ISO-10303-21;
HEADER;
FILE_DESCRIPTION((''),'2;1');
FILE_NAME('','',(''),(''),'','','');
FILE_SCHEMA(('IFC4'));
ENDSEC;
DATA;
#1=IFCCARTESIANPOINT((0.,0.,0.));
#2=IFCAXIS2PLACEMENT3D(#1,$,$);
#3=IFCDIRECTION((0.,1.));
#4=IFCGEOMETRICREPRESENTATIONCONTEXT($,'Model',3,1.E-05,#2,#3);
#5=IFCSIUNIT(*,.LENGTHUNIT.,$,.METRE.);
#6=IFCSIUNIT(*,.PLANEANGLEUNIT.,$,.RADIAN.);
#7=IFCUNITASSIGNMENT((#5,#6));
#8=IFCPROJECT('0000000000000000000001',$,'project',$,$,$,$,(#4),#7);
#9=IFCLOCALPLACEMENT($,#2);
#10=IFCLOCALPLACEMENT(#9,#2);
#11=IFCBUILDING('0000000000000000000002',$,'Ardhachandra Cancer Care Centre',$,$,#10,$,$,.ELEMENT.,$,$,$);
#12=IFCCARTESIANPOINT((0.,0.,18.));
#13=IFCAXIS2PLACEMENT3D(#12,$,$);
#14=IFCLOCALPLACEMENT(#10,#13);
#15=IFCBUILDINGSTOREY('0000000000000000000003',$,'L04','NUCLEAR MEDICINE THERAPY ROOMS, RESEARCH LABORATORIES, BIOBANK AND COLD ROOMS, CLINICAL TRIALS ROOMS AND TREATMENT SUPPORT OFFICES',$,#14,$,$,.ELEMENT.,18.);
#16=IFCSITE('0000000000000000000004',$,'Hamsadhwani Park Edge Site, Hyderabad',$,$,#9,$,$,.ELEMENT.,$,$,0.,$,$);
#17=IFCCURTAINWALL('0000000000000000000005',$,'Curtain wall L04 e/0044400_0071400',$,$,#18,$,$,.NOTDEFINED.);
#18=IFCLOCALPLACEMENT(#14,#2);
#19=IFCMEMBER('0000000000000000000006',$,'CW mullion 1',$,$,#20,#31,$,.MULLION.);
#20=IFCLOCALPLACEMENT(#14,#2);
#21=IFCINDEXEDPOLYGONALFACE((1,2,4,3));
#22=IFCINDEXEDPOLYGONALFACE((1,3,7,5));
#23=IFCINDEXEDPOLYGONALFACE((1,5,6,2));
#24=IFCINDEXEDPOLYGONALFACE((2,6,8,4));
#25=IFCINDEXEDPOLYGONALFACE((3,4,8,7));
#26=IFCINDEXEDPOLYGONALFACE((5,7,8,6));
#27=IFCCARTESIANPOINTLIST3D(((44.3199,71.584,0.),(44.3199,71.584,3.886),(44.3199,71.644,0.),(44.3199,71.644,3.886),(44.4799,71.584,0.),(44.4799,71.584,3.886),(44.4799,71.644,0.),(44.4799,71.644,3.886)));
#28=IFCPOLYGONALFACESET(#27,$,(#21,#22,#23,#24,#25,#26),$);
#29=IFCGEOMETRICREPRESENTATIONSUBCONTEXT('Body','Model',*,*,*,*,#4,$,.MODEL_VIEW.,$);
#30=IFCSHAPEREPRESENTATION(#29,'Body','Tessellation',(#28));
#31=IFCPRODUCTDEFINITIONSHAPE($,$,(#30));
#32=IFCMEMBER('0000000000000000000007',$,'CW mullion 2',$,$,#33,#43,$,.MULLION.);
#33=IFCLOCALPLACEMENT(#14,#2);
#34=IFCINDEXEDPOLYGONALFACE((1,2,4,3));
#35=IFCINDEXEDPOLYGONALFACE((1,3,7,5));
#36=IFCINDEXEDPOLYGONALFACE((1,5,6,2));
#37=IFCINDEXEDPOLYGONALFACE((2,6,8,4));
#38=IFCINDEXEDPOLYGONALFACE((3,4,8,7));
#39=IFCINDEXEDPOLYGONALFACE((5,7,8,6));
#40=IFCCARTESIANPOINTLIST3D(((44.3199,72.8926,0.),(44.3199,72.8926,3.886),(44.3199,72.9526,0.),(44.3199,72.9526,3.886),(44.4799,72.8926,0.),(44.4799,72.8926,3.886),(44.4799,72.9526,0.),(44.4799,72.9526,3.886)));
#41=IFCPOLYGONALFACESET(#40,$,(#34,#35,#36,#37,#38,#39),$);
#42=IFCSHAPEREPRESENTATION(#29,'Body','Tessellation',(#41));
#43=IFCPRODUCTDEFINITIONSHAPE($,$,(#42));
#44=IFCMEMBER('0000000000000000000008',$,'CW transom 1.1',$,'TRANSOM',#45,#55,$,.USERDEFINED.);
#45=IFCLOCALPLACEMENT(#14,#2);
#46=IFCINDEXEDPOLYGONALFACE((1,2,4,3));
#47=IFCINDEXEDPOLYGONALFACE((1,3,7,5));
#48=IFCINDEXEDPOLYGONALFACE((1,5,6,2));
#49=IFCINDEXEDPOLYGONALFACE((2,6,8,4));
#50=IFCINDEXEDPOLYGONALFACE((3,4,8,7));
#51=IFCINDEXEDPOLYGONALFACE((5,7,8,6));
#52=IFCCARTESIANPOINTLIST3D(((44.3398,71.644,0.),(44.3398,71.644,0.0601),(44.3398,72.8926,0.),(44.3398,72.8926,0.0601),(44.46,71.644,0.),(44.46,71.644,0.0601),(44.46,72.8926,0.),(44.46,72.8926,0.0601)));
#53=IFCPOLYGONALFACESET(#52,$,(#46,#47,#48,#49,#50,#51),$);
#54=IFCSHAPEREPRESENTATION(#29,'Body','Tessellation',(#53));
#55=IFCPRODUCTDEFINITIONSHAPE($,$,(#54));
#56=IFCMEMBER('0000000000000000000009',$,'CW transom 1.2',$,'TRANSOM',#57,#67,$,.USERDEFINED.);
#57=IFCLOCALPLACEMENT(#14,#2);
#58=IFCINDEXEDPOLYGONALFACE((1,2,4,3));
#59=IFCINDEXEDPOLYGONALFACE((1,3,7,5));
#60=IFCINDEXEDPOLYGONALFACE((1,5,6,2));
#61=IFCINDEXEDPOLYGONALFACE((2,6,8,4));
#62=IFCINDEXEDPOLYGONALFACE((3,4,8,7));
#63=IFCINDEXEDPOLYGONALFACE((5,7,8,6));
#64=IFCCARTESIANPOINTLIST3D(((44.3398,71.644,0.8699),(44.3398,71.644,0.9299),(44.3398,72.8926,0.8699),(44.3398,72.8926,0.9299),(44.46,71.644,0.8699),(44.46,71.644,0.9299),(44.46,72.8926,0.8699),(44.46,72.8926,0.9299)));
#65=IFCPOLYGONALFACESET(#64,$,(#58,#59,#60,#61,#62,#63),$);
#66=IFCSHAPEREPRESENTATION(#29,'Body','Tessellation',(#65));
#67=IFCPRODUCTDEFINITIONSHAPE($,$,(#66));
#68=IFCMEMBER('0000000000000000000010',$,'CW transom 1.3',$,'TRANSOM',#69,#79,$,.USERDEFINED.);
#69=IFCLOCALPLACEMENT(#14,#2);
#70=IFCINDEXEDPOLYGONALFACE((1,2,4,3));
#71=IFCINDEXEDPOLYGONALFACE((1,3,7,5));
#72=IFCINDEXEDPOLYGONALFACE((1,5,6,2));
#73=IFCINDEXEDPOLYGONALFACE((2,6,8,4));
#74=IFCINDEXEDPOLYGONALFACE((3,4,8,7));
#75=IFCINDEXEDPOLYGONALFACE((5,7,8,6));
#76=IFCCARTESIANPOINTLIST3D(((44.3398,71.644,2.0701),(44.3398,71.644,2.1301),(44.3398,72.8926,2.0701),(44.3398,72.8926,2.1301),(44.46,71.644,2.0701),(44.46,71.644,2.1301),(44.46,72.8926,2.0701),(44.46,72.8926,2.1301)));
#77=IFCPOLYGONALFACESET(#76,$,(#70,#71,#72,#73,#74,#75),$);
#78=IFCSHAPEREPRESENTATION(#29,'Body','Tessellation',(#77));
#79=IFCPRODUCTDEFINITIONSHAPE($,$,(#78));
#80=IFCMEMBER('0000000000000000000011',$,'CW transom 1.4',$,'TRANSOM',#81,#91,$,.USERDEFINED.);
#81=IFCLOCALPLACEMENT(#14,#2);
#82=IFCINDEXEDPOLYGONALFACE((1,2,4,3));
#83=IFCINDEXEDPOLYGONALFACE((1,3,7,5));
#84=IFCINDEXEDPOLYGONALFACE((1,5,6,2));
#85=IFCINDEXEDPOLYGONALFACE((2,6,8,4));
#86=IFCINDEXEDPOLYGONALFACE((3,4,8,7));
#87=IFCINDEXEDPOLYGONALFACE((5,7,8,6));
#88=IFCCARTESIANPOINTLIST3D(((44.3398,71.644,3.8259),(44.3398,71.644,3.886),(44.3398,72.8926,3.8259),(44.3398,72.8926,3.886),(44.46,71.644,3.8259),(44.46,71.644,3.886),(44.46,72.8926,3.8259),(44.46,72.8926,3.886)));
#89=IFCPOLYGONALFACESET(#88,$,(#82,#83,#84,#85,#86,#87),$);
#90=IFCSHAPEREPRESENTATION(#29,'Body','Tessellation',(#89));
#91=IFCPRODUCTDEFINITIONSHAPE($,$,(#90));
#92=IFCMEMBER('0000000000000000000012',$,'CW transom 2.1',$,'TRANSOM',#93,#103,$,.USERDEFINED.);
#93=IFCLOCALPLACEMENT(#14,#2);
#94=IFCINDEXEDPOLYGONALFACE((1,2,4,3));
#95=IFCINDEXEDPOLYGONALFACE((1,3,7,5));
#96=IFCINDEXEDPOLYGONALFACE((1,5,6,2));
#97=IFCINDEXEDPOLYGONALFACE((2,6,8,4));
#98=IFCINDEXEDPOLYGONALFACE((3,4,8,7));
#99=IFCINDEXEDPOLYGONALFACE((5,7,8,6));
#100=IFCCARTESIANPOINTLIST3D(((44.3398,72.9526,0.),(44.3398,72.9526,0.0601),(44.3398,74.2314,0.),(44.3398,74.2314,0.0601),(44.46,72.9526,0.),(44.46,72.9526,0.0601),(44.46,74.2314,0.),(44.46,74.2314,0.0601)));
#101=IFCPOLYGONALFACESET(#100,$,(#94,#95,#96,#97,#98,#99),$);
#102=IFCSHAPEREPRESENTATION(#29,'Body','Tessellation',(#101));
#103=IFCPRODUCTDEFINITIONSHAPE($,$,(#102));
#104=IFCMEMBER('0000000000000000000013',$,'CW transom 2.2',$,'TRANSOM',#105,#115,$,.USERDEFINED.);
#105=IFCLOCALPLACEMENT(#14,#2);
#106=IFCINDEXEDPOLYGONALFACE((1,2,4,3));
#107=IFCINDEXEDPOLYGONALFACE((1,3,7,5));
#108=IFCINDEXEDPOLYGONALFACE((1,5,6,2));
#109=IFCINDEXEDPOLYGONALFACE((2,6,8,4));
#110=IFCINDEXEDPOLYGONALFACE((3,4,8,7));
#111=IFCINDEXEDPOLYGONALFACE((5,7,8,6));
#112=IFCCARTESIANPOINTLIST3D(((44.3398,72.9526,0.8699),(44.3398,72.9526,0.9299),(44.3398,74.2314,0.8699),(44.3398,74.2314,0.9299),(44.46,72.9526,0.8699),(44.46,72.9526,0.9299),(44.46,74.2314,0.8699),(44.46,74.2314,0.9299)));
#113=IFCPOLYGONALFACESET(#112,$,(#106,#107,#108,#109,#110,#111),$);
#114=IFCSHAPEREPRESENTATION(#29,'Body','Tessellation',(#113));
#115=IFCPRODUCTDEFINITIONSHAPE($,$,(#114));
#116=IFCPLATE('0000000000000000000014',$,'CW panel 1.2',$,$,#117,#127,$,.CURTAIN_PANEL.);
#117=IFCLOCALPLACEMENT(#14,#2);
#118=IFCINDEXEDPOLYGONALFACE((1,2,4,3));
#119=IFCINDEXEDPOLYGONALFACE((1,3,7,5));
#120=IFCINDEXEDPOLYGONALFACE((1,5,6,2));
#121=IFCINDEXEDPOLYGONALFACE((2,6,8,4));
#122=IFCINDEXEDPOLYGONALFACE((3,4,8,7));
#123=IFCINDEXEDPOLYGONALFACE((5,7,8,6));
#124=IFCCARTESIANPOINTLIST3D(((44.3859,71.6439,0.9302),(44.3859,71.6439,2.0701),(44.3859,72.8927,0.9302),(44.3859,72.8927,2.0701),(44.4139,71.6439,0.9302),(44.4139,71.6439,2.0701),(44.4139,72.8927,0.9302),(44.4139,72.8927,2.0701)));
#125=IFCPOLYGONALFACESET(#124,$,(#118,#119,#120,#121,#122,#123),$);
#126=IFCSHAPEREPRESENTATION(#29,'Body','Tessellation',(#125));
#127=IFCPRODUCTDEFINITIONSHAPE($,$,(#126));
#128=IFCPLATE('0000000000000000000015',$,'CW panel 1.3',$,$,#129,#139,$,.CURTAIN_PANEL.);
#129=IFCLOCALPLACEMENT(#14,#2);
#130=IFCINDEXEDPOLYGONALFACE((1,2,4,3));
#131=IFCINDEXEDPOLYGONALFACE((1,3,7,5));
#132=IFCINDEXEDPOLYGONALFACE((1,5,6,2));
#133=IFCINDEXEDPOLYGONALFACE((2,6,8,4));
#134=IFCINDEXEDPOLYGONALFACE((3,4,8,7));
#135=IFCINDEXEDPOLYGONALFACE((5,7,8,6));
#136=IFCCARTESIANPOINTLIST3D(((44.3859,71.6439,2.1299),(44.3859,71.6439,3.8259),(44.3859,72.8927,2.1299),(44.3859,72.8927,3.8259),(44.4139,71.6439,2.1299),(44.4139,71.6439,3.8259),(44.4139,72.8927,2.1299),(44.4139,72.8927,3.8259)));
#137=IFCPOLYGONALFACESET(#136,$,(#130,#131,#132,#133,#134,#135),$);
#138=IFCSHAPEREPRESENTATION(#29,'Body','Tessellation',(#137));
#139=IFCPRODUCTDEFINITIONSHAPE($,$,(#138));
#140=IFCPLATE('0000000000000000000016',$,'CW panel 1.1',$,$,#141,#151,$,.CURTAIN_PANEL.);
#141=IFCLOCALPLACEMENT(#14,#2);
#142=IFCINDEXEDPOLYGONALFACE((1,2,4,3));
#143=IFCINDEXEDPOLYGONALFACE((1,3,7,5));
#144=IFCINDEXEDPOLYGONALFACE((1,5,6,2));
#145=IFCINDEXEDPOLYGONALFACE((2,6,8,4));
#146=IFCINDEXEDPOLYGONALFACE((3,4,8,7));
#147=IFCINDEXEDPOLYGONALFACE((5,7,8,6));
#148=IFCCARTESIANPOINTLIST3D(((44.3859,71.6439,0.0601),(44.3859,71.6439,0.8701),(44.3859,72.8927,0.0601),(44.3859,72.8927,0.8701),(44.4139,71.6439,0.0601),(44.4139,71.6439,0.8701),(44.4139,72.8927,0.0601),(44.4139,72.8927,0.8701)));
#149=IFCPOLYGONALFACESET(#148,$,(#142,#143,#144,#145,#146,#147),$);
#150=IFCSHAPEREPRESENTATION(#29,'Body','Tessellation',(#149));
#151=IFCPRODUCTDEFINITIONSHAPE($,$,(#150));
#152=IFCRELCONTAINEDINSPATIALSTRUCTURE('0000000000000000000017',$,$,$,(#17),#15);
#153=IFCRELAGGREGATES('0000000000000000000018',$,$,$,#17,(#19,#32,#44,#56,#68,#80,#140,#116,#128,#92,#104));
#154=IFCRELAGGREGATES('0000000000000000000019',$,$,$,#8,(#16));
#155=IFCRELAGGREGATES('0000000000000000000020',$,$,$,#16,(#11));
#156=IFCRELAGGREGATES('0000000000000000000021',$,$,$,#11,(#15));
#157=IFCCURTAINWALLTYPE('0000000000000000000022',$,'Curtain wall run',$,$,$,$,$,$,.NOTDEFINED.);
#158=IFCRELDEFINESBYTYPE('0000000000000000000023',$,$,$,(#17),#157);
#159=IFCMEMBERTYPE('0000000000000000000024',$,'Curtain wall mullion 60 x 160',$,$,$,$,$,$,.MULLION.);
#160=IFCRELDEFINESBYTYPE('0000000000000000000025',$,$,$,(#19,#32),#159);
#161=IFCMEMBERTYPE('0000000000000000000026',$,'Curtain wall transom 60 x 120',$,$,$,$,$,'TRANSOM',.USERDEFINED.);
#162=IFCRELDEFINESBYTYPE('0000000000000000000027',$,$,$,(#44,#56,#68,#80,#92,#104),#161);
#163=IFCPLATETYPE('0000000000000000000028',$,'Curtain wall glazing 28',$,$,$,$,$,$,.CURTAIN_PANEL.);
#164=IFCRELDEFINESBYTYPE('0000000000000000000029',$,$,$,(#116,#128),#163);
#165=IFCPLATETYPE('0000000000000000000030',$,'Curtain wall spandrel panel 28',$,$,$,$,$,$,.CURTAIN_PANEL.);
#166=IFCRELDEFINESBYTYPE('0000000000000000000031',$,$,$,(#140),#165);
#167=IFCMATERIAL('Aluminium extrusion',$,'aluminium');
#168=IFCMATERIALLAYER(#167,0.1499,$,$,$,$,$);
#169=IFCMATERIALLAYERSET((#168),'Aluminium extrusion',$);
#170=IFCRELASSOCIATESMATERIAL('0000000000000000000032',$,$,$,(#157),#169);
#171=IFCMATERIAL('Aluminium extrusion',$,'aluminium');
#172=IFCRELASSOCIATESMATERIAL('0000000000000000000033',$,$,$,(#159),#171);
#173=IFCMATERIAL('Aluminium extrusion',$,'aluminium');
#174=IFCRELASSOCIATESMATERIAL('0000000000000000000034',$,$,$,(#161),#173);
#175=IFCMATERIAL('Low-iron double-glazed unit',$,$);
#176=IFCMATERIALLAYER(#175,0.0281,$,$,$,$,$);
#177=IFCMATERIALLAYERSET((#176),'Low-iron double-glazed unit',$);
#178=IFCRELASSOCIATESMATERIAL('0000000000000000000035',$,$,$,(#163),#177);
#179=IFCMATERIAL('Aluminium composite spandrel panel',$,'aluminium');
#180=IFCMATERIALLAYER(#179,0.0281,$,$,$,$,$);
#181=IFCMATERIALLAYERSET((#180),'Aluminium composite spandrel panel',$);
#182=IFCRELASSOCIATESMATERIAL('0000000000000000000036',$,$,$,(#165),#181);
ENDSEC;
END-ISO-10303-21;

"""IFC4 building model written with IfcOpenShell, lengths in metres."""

from ifc_helpers import new_model, si_unit, direction, frame, origin, origin_2d, place, context, subcontext, project, spatial, rectangle, extrude, material, layer, layer_set, material_profile, profile_set, type_object, element, aggregate, save


model = new_model("IFC4")

# Units and contexts
model_context = context("Model", 3, precision=1e-05, world=origin(), true_north=direction((0.0, 1.0)))
body_context = subcontext(model_context, "Body", "Model", "MODEL_VIEW")
ifc_project = project(units=[si_unit("LENGTHUNIT", "METRE"), si_unit("PLANEANGLEUNIT", "RADIAN")], contexts=[model_context])

# Site, building, storey
site_placement = place(None, origin())
site = spatial("IfcSite", under=ifc_project, at=site_placement, Name="Hamsadhwani Park Edge Site, Hyderabad", CompositionType="ELEMENT", RefElevation=0.0)
building_placement = place(site_placement, origin())
building = spatial("IfcBuilding", under=site, at=building_placement, Name="Ardhachandra Cancer Care Centre", CompositionType="ELEMENT")
storey_placement = place(building_placement, frame((0.0, 0.0, 18.0)))
storey = spatial("IfcBuildingStorey", under=building, at=storey_placement, Name="L04", Description="NUCLEAR MEDICINE THERAPY ROOMS, RESEARCH LABORATORIES, BIOBANK AND COLD ROOMS, CLINICAL TRIALS ROOMS AND TREATMENT SUPPORT OFFICES", CompositionType="ELEMENT", Elevation=18.0)

# Curtain wall, members, plates
ifc_material_1 = material(Name="Aluminium extrusion", Category="aluminium")
ifc_layer_1 = layer(ifc_material_1, 0.1499)
ifc_layer_set_1 = layer_set([ifc_layer_1], Name="Aluminium extrusion")
curtain_wall_type = type_object("IfcCurtainWallType", Name="Curtain wall run", PredefinedType="NOTDEFINED", material=ifc_layer_set_1)
curtain_wall_placement = place(storey_placement, origin())
curtain_wall = element("IfcCurtainWall", 1, at=curtain_wall_placement, inside=storey, type_object=curtain_wall_type, Name="Curtain wall L04 e/0044400_0071400", PredefinedType="NOTDEFINED")
ifc_material_2 = material(Name="Aluminium extrusion", Category="aluminium")
ifc_material_profile_1 = material_profile(ifc_material_2, rectangle(XDim=0.1599, YDim=0.0601, at=origin_2d()), Name="Curtain wall mullion 60 x 160")
ifc_profile_set_1 = profile_set([ifc_material_profile_1], Name="Aluminium extrusion")
member_type_1 = type_object("IfcMemberType", Name="Curtain wall mullion 60 x 160", PredefinedType="MULLION", material=ifc_profile_set_1)
member_1_placement = place(storey_placement, frame((44.3999, 71.614, 0.0), z_axis=(0.0, 0.0, 1.0), x_axis=(-1.0, 0.0, 0.0)))
member_1 = element("IfcMember", 2, at=member_1_placement, type_object=member_type_1, Name="CW mullion 1", PredefinedType="MULLION", context=body_context, shape_type="SweptSolid", body=[
    extrude(rectangle(XDim=0.1599, YDim=0.0601, at=origin_2d()), origin(), (0.0, 0.0, 1.0), 3.886),
])
member_2_placement = place(storey_placement, frame((44.3999, 72.9226, 0.0), z_axis=(0.0, 0.0, 1.0), x_axis=(-1.0, 0.0, 0.0)))
member_2 = element("IfcMember", 3, at=member_2_placement, type_object=member_type_1, Name="CW mullion 2", PredefinedType="MULLION", context=body_context, shape_type="SweptSolid", body=[
    extrude(rectangle(XDim=0.1599, YDim=0.0601, at=origin_2d()), origin(), (0.0, 0.0, 1.0), 3.886),
])
ifc_material_3 = material(Name="Aluminium extrusion", Category="aluminium")
ifc_material_profile_2 = material_profile(ifc_material_3, rectangle(XDim=0.1201, YDim=0.0601, at=origin_2d()), Name="Curtain wall transom 60 x 120")
ifc_profile_set_2 = profile_set([ifc_material_profile_2], Name="Aluminium extrusion")
member_type_2 = type_object("IfcMemberType", Name="Curtain wall transom 60 x 120", ElementType="TRANSOM", PredefinedType="USERDEFINED", material=ifc_profile_set_2)
member_3_placement = place(storey_placement, frame((44.3999, 71.644, 0.03), z_axis=(0.0, 1.0, 0.0), x_axis=(-1.0, 0.0, 0.0)))
member_3 = element("IfcMember", 4, at=member_3_placement, type_object=member_type_2, Name="CW transom 1.1", ObjectType="TRANSOM", PredefinedType="USERDEFINED", context=body_context, shape_type="SweptSolid", body=[
    extrude(rectangle(XDim=0.1201, YDim=0.0601, at=origin_2d()), origin(), (0.0, 0.0, 1.0), 1.2485),
])
member_4_placement = place(storey_placement, frame((44.3999, 71.644, 0.8999), z_axis=(0.0, 1.0, 0.0), x_axis=(-1.0, 0.0, 0.0)))
member_4 = element("IfcMember", 5, at=member_4_placement, type_object=member_type_2, Name="CW transom 1.2", ObjectType="TRANSOM", PredefinedType="USERDEFINED", context=body_context, shape_type="SweptSolid", body=[
    extrude(rectangle(XDim=0.1201, YDim=0.0601, at=origin_2d()), origin(), (0.0, 0.0, 1.0), 1.2485),
])
member_5_placement = place(storey_placement, frame((44.3999, 71.644, 2.1001), z_axis=(0.0, 1.0, 0.0), x_axis=(-1.0, 0.0, 0.0)))
member_5 = element("IfcMember", 6, at=member_5_placement, type_object=member_type_2, Name="CW transom 1.3", ObjectType="TRANSOM", PredefinedType="USERDEFINED", context=body_context, shape_type="SweptSolid", body=[
    extrude(rectangle(XDim=0.1201, YDim=0.0601, at=origin_2d()), origin(), (0.0, 0.0, 1.0), 1.2485),
])
member_6_placement = place(storey_placement, frame((44.3999, 71.644, 3.856), z_axis=(0.0, 1.0, 0.0), x_axis=(-1.0, 0.0, 0.0)))
member_6 = element("IfcMember", 7, at=member_6_placement, type_object=member_type_2, Name="CW transom 1.4", ObjectType="TRANSOM", PredefinedType="USERDEFINED", context=body_context, shape_type="SweptSolid", body=[
    extrude(rectangle(XDim=0.1201, YDim=0.0601, at=origin_2d()), origin(), (0.0, 0.0, 1.0), 1.2485),
])
member_7_placement = place(storey_placement, frame((44.3999, 72.9526, 0.03), z_axis=(0.0, 1.0, 0.0), x_axis=(-1.0, 0.0, 0.0)))
member_7 = element("IfcMember", 8, at=member_7_placement, type_object=member_type_2, Name="CW transom 2.1", ObjectType="TRANSOM", PredefinedType="USERDEFINED", context=body_context, shape_type="SweptSolid", body=[
    extrude(rectangle(XDim=0.1201, YDim=0.0601, at=origin_2d()), origin(), (0.0, 0.0, 1.0), 1.2788),
])
member_8_placement = place(storey_placement, frame((44.3999, 72.9526, 0.8999), z_axis=(0.0, 1.0, 0.0), x_axis=(-1.0, 0.0, 0.0)))
member_8 = element("IfcMember", 9, at=member_8_placement, type_object=member_type_2, Name="CW transom 2.2", ObjectType="TRANSOM", PredefinedType="USERDEFINED", context=body_context, shape_type="SweptSolid", body=[
    extrude(rectangle(XDim=0.1201, YDim=0.0601, at=origin_2d()), origin(), (0.0, 0.0, 1.0), 1.2788),
])
ifc_material_4 = material(Name="Low-iron double-glazed unit")
ifc_layer_2 = layer(ifc_material_4, 0.0281)
ifc_layer_set_2 = layer_set([ifc_layer_2], Name="Low-iron double-glazed unit")
plate_type_1 = type_object("IfcPlateType", Name="Curtain wall glazing 28", PredefinedType="CURTAIN_PANEL", material=ifc_layer_set_2)
plate_1_placement = place(storey_placement, frame((44.3999, 72.2683, 0.9302), z_axis=(0.0, 0.0, 1.0), x_axis=(0.0, 1.0, 0.0)))
plate_1 = element("IfcPlate", 10, at=plate_1_placement, type_object=plate_type_1, Name="CW panel 1.2", PredefinedType="CURTAIN_PANEL", context=body_context, shape_type="SweptSolid", body=[
    extrude(rectangle(XDim=1.2488, YDim=0.0281, at=origin_2d()), origin(), (0.0, 0.0, 1.0), 1.1399),
])
plate_2_placement = place(storey_placement, frame((44.3999, 72.2683, 2.1299), z_axis=(0.0, 0.0, 1.0), x_axis=(0.0, 1.0, 0.0)))
plate_2 = element("IfcPlate", 11, at=plate_2_placement, type_object=plate_type_1, Name="CW panel 1.3", PredefinedType="CURTAIN_PANEL", context=body_context, shape_type="SweptSolid", body=[
    extrude(rectangle(XDim=1.2488, YDim=0.0281, at=origin_2d()), origin(), (0.0, 0.0, 1.0), 1.696),
])
ifc_material_5 = material(Name="Aluminium composite spandrel panel", Category="aluminium")
ifc_layer_3 = layer(ifc_material_5, 0.0281)
ifc_layer_set_3 = layer_set([ifc_layer_3], Name="Aluminium composite spandrel panel")
plate_type_2 = type_object("IfcPlateType", Name="Curtain wall spandrel panel 28", PredefinedType="CURTAIN_PANEL", material=ifc_layer_set_3)
plate_3_placement = place(storey_placement, frame((44.3999, 72.2683, 0.0601), z_axis=(0.0, 0.0, 1.0), x_axis=(0.0, 1.0, 0.0)))
plate_3 = element("IfcPlate", 12, at=plate_3_placement, type_object=plate_type_2, Name="CW panel 1.1", PredefinedType="CURTAIN_PANEL", context=body_context, shape_type="SweptSolid", body=[
    extrude(rectangle(XDim=1.2488, YDim=0.0281, at=origin_2d()), origin(), (0.0, 0.0, 1.0), 0.8101),
])
aggregate(curtain_wall, [member_1, member_2, member_3, member_4, member_5, member_6, plate_3, plate_1, plate_2, member_7, member_8])

save(model, "model.ifc")
